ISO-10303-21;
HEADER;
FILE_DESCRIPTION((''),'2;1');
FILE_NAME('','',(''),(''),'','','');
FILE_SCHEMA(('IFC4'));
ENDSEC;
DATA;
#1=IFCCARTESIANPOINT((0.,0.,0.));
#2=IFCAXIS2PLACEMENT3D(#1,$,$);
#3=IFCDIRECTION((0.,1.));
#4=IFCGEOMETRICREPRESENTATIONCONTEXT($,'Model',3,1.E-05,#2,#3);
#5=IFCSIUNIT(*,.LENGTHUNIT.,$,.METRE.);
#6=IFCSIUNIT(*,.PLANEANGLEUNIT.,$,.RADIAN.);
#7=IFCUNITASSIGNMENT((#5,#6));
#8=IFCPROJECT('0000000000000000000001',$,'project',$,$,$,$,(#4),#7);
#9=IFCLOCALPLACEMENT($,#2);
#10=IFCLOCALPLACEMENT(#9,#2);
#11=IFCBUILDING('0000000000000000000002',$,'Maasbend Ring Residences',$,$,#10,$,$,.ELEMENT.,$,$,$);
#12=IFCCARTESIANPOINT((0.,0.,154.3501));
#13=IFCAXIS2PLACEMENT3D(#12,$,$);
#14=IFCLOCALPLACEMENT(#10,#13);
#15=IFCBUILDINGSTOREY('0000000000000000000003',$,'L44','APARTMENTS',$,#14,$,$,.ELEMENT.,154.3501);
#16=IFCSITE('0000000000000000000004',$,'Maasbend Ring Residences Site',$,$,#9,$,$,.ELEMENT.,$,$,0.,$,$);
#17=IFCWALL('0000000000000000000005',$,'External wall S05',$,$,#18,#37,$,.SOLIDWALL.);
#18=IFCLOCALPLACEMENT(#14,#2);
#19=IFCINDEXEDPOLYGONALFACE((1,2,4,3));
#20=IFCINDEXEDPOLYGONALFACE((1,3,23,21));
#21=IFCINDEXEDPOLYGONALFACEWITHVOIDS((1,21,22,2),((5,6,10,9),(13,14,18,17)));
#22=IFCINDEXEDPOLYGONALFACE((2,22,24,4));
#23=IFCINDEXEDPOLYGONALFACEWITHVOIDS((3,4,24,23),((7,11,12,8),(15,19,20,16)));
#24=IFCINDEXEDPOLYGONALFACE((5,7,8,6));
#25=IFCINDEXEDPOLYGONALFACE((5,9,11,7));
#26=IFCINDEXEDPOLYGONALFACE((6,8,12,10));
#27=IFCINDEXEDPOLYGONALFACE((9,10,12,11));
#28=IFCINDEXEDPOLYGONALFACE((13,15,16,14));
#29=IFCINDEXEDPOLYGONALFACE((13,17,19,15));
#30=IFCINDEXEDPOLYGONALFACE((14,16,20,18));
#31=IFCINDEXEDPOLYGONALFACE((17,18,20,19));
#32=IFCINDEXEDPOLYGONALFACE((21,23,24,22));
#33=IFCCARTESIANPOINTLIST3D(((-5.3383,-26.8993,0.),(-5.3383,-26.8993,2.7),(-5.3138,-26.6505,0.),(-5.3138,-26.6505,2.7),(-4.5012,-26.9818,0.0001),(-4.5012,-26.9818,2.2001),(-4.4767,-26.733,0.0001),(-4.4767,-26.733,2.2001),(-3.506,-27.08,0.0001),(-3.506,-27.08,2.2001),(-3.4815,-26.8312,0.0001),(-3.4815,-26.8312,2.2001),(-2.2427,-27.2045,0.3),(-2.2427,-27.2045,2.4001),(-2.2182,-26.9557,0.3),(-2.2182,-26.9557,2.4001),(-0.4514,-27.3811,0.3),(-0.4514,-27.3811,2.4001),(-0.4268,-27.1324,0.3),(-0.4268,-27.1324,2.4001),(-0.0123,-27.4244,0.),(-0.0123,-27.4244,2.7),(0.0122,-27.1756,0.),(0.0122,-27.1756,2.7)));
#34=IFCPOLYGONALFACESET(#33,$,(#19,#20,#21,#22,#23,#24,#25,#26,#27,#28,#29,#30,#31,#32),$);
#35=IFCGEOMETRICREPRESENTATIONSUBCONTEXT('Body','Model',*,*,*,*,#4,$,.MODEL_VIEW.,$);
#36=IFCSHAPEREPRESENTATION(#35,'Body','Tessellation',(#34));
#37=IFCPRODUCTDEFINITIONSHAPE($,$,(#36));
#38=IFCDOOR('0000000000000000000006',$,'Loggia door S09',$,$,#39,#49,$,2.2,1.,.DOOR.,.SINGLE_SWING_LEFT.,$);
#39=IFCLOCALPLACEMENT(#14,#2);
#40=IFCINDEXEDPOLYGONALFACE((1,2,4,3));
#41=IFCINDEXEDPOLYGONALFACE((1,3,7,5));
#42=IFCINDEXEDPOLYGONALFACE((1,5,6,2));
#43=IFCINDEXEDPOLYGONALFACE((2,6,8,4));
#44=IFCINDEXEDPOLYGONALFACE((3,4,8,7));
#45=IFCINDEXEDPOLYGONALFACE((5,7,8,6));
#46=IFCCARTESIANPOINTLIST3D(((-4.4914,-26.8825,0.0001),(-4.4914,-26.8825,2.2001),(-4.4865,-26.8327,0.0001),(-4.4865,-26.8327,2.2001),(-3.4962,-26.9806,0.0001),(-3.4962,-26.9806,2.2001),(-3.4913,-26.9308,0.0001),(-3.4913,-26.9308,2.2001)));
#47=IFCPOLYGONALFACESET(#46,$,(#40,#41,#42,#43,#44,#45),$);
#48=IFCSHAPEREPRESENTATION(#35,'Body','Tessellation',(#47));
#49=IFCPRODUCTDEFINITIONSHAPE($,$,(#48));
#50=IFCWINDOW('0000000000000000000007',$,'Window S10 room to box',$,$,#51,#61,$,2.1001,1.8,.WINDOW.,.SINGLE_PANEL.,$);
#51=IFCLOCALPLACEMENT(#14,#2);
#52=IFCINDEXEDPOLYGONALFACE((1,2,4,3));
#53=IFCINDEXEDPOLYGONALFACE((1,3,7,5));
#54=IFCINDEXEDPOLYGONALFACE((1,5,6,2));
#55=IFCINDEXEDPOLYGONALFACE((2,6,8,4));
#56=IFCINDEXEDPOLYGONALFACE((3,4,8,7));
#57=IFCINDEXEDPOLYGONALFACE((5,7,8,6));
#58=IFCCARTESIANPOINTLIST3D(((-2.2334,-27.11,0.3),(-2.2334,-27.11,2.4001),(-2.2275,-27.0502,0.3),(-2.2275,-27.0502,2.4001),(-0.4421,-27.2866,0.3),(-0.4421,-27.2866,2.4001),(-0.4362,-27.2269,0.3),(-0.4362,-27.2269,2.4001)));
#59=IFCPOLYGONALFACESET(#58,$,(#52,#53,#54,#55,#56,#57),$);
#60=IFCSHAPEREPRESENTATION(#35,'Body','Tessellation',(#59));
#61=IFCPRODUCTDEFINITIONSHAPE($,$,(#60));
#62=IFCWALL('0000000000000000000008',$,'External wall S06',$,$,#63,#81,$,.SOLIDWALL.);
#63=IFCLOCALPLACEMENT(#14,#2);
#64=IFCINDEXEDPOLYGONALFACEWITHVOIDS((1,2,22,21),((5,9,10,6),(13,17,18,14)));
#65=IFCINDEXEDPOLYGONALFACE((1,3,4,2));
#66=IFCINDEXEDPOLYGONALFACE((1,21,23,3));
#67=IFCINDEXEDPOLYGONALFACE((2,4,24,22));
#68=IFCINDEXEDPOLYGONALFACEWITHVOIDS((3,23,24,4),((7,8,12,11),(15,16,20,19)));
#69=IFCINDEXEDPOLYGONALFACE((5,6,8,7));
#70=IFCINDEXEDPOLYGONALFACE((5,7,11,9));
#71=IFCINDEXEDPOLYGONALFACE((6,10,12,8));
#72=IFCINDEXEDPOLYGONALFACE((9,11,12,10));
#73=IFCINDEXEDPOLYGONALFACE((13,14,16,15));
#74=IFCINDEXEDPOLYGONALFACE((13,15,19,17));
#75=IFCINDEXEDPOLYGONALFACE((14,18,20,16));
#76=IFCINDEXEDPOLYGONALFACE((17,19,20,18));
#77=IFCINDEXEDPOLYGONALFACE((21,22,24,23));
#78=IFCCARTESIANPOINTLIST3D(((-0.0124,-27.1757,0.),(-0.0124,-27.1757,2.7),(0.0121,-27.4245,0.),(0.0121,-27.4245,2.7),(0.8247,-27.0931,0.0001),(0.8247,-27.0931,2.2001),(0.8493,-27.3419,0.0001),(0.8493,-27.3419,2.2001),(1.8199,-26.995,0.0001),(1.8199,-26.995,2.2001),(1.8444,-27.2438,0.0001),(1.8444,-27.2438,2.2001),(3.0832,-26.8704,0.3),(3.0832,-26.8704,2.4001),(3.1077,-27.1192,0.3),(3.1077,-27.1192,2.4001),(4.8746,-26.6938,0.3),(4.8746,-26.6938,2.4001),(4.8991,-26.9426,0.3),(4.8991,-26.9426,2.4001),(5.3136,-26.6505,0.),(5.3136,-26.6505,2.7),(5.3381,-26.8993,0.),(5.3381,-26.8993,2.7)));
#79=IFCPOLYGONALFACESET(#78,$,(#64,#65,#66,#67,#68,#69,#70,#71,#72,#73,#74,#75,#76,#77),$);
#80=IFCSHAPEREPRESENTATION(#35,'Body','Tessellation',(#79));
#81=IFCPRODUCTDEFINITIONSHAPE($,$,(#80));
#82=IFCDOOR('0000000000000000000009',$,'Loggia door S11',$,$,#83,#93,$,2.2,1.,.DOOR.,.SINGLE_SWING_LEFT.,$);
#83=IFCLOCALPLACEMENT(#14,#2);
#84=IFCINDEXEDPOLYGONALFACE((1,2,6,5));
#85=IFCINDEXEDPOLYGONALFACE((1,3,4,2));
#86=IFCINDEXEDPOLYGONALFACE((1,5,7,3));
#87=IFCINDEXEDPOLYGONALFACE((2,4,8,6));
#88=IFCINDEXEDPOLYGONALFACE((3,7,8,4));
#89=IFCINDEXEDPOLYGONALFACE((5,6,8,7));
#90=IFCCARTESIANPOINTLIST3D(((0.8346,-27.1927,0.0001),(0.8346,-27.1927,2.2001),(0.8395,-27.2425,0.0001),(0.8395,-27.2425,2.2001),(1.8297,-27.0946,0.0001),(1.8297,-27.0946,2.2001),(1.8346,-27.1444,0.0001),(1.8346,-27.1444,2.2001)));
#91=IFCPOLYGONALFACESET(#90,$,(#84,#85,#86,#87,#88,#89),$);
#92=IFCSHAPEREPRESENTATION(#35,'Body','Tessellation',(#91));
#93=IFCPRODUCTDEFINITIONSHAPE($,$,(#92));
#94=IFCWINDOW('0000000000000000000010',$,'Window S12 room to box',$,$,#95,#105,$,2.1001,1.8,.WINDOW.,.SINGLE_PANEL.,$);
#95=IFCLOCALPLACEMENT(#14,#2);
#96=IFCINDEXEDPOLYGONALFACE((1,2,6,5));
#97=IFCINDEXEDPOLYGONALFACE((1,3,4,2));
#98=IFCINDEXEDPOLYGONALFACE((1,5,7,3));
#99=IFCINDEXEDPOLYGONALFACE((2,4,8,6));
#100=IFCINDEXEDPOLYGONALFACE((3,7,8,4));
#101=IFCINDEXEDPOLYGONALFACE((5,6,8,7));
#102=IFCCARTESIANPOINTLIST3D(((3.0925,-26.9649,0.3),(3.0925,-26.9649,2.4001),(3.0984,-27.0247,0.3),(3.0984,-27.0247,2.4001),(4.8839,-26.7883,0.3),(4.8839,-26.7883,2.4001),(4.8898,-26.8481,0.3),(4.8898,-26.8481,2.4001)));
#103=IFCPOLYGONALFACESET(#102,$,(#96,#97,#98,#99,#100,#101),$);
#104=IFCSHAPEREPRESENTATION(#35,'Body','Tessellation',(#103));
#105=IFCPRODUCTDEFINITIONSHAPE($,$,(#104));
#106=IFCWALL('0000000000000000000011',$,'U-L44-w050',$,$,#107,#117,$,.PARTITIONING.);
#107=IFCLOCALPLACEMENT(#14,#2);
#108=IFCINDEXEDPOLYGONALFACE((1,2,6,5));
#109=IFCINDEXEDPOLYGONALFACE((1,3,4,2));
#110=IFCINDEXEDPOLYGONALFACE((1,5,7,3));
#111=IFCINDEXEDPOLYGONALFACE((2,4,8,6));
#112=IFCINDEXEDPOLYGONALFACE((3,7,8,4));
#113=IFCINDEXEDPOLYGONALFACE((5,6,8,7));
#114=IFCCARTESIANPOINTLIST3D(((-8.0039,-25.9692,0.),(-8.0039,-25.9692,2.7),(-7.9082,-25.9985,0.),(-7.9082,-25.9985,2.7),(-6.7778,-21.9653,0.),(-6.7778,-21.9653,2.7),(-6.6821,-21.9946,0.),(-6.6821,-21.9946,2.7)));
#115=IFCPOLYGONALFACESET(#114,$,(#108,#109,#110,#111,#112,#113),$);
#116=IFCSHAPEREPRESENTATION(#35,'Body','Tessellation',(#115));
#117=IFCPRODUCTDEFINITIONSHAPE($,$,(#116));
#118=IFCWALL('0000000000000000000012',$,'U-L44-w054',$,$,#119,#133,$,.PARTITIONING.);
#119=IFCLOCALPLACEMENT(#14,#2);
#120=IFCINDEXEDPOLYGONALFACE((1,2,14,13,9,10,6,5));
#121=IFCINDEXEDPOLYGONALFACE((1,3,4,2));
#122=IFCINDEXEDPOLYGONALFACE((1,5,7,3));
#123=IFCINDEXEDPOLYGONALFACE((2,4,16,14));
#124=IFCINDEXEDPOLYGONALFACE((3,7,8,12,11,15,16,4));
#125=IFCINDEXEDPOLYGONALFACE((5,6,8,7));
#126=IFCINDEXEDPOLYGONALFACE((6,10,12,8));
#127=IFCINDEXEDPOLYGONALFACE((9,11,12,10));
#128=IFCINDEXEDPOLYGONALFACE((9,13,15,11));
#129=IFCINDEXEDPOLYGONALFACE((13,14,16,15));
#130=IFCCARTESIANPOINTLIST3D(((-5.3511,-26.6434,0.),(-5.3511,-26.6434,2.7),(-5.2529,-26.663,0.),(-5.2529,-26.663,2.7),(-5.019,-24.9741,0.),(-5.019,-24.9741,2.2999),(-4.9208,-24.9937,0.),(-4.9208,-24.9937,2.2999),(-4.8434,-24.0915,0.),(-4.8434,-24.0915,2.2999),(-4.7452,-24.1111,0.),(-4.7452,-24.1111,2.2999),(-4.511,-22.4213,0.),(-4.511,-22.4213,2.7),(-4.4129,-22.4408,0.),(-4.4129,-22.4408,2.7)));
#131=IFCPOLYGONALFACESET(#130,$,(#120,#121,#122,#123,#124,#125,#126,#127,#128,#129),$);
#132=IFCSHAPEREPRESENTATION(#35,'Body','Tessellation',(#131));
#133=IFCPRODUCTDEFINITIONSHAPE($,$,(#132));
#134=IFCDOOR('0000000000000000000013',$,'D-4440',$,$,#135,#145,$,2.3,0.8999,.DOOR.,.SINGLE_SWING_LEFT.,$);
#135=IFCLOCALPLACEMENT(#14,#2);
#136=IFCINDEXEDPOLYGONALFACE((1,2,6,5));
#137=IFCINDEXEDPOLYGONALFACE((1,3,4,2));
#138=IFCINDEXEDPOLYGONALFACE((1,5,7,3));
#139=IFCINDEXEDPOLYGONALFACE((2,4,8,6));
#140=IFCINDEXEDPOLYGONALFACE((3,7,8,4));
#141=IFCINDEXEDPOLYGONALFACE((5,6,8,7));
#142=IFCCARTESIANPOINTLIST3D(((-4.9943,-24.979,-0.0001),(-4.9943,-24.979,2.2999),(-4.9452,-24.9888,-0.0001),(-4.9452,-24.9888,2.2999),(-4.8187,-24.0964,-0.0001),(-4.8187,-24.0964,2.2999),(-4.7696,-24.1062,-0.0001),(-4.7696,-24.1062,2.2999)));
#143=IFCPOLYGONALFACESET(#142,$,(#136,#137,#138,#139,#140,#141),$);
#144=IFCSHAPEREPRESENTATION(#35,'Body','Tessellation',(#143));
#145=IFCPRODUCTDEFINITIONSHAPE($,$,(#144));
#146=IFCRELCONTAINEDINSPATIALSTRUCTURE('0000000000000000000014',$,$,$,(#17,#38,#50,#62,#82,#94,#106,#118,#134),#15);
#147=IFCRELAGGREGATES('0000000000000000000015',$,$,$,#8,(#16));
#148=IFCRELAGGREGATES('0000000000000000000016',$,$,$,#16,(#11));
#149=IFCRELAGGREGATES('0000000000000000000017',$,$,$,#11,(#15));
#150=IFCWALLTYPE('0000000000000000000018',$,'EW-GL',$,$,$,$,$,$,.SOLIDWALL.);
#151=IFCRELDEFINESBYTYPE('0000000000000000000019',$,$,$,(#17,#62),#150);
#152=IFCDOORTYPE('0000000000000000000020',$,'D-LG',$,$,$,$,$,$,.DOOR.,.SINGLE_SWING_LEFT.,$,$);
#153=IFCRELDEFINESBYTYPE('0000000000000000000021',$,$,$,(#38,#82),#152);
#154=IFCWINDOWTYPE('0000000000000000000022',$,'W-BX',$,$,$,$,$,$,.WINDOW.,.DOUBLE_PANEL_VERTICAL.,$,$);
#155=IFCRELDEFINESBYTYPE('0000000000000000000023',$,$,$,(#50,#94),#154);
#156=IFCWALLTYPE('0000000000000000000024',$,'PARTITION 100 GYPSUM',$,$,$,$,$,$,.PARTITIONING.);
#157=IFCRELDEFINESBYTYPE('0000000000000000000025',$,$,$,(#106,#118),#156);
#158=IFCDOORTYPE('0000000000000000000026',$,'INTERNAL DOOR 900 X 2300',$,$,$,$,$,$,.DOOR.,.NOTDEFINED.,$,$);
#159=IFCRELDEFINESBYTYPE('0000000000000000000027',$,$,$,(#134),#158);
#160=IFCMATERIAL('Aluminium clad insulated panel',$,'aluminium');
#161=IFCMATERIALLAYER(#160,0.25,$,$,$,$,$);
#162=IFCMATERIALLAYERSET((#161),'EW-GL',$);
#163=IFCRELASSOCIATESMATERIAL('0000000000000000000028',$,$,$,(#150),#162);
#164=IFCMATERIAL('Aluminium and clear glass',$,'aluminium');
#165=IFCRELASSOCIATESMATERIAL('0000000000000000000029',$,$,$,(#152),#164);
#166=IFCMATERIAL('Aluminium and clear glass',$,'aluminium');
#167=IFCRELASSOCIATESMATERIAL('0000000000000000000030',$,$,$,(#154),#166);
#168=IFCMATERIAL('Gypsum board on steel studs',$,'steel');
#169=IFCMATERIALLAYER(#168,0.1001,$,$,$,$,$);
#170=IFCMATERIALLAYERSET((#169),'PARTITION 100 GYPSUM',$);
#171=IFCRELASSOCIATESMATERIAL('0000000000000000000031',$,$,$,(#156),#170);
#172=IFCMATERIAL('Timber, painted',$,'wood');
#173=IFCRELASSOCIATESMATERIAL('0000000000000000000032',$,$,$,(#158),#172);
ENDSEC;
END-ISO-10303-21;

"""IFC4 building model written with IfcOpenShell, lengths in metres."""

from ifc_helpers import new_model, si_unit, direction, frame, frame_2d, origin, place, context, subcontext, project, spatial, rectangle, extrude, material, layer, layer_set, type_object, element, fill, save


model = new_model("IFC4")

# Units and contexts
model_context = context("Model", 3, precision=1e-05, world=origin(), true_north=direction((0.0, 1.0)))
body_context = subcontext(model_context, "Body", "Model", "MODEL_VIEW")
ifc_project = project(units=[si_unit("LENGTHUNIT", "METRE"), si_unit("PLANEANGLEUNIT", "RADIAN")], contexts=[model_context])

# Site, building, storey
site_placement = place(None, origin())
site = spatial("IfcSite", under=ifc_project, at=site_placement, Name="Maasbend Ring Residences Site", CompositionType="ELEMENT", RefElevation=0.0)
building_placement = place(site_placement, origin())
building = spatial("IfcBuilding", under=site, at=building_placement, Name="Maasbend Ring Residences", CompositionType="ELEMENT")
storey_placement = place(building_placement, frame((0.0, 0.0, 154.3501)))
storey = spatial("IfcBuildingStorey", under=building, at=storey_placement, Name="L44", Description="APARTMENTS", CompositionType="ELEMENT", Elevation=154.3501)

# Walls, openings, doors, windows
ifc_material_1 = material(Name="Aluminium clad insulated panel", Category="aluminium")
ifc_layer_1 = layer(ifc_material_1, 0.25)
ifc_layer_set_1 = layer_set([ifc_layer_1], Name="EW-GL")
wall_type_1 = type_object("IfcWallType", Name="EW-GL", PredefinedType="SOLIDWALL", material=ifc_layer_set_1)
wall_1_placement = place(storey_placement, frame((-5.3259, -26.7749, 0.0), z_axis=(0.0, 0.0, 1.0), x_axis=(0.995174, -0.098126, 0.0)))
wall_1 = element("IfcWall", 1, at=wall_1_placement, inside=storey, type_object=wall_type_1, Name="External wall S05", PredefinedType="SOLIDWALL", context=body_context, shape_type="SweptSolid", body=[
    extrude(rectangle(XDim=5.3518, YDim=0.25, at=frame_2d((2.6758, 0.0))), origin(), (0.0, 0.0, 1.0), 2.7),
])
opening_1_placement = place(wall_1_placement, frame((0.8411, 0.0, 0.0)))
opening_1 = element("IfcOpeningElement", 2, at=opening_1_placement, cuts=wall_1, PredefinedType="OPENING", context=body_context, shape_type="SweptSolid", body=[
    extrude(rectangle(XDim=1.0, YDim=2.2, at=frame_2d((0.5, 1.1001))), frame((0.0, 0.135, 0.0), z_axis=(0.0, -1.0, 0.0), x_axis=(1.0, 0.0, 0.0)), (0.0, 0.0, 1.0), 0.27),
])
opening_2_placement = place(wall_1_placement, frame((3.1106, 0.0, 0.3)))
opening_2 = element("IfcOpeningElement", 3, at=opening_2_placement, cuts=wall_1, PredefinedType="OPENING", context=body_context, shape_type="SweptSolid", body=[
    extrude(rectangle(XDim=1.8, YDim=2.1001, at=frame_2d((0.8999, 1.05))), frame((0.0, 0.135, 0.0), z_axis=(0.0, -1.0, 0.0), x_axis=(1.0, 0.0, 0.0)), (0.0, 0.0, 1.0), 0.27),
])
ifc_material_2 = material(Name="Aluminium and clear glass", Category="aluminium")
door_type_1 = type_object("IfcDoorType", Name="D-LG", OperationType="SINGLE_SWING_LEFT", PredefinedType="DOOR", material=ifc_material_2)
door_1_placement = place(opening_1_placement, origin())
door_1 = element("IfcDoor", 4, at=door_1_placement, inside=storey, type_object=door_type_1, Name="Loggia door S09", OperationType="SINGLE_SWING_LEFT", OverallHeight=2.2, OverallWidth=1.0, PredefinedType="DOOR", context=body_context, shape_type="SweptSolid", body=[
    extrude(rectangle(XDim=1.0, YDim=2.2, at=frame_2d((0.5, 1.1001))), frame((0.0, 0.0249, 0.0), z_axis=(0.0, -1.0, 0.0), x_axis=(1.0, 0.0, 0.0)), (0.0, 0.0, 1.0), 0.05),
])
fill(opening_1, door_1)
ifc_material_3 = material(Name="Aluminium and clear glass", Category="aluminium")
window_type_1 = type_object("IfcWindowType", Name="W-BX", PartitioningType="DOUBLE_PANEL_VERTICAL", PredefinedType="WINDOW", material=ifc_material_3)
window_1_placement = place(opening_2_placement, origin())
window_1 = element("IfcWindow", 5, at=window_1_placement, inside=storey, type_object=window_type_1, Name="Window S10 room to box", OverallHeight=2.1001, OverallWidth=1.8, PartitioningType="SINGLE_PANEL", PredefinedType="WINDOW", context=body_context, shape_type="SweptSolid", body=[
    extrude(rectangle(XDim=1.8, YDim=2.1001, at=frame_2d((0.8999, 1.05))), frame((0.0, 0.03, 0.0), z_axis=(0.0, -1.0, 0.0), x_axis=(1.0, 0.0, 0.0)), (0.0, 0.0, 1.0), 0.0601),
])
fill(opening_2, window_1)
wall_2_placement = place(storey_placement, frame((0.0, -27.3, 0.0), z_axis=(0.0, 0.0, 1.0), x_axis=(0.995174, 0.098126, 0.0)))
wall_2 = element("IfcWall", 6, at=wall_2_placement, inside=storey, type_object=wall_type_1, Name="External wall S06", PredefinedType="SOLIDWALL", context=body_context, shape_type="SweptSolid", body=[
    extrude(rectangle(XDim=5.3518, YDim=0.25, at=frame_2d((2.6758, 0.0))), origin(), (0.0, 0.0, 1.0), 2.7),
])
opening_3_placement = place(wall_2_placement, frame((0.8411, 0.0, 0.0)))
opening_3 = element("IfcOpeningElement", 7, at=opening_3_placement, cuts=wall_2, PredefinedType="OPENING", context=body_context, shape_type="SweptSolid", body=[
    extrude(rectangle(XDim=1.0, YDim=2.2, at=frame_2d((0.5, 1.1001))), frame((0.0, 0.135, 0.0), z_axis=(0.0, -1.0, 0.0), x_axis=(1.0, 0.0, 0.0)), (0.0, 0.0, 1.0), 0.27),
])
opening_4_placement = place(wall_2_placement, frame((3.1106, 0.0, 0.3)))
opening_4 = element("IfcOpeningElement", 8, at=opening_4_placement, cuts=wall_2, PredefinedType="OPENING", context=body_context, shape_type="SweptSolid", body=[
    extrude(rectangle(XDim=1.8, YDim=2.1001, at=frame_2d((0.8999, 1.05))), frame((0.0, 0.135, 0.0), z_axis=(0.0, -1.0, 0.0), x_axis=(1.0, 0.0, 0.0)), (0.0, 0.0, 1.0), 0.27),
])
door_2_placement = place(opening_3_placement, origin())
door_2 = element("IfcDoor", 9, at=door_2_placement, inside=storey, type_object=door_type_1, Name="Loggia door S11", OperationType="SINGLE_SWING_LEFT", OverallHeight=2.2, OverallWidth=1.0, PredefinedType="DOOR", context=body_context, shape_type="SweptSolid", body=[
    extrude(rectangle(XDim=1.0, YDim=2.2, at=frame_2d((0.5, 1.1001))), frame((0.0, 0.0249, 0.0), z_axis=(0.0, -1.0, 0.0), x_axis=(1.0, 0.0, 0.0)), (0.0, 0.0, 1.0), 0.05),
])
fill(opening_3, door_2)
window_2_placement = place(opening_4_placement, origin())
window_2 = element("IfcWindow", 10, at=window_2_placement, inside=storey, type_object=window_type_1, Name="Window S12 room to box", OverallHeight=2.1001, OverallWidth=1.8, PartitioningType="SINGLE_PANEL", PredefinedType="WINDOW", context=body_context, shape_type="SweptSolid", body=[
    extrude(rectangle(XDim=1.8, YDim=2.1001, at=frame_2d((0.8999, 1.05))), frame((0.0, 0.03, 0.0), z_axis=(0.0, -1.0, 0.0), x_axis=(1.0, 0.0, 0.0)), (0.0, 0.0, 1.0), 0.0601),
])
fill(opening_4, window_2)

# Wall
ifc_material_4 = material(Name="Gypsum board on steel studs", Category="steel")
ifc_layer_2 = layer(ifc_material_4, 0.1001)
ifc_layer_set_2 = layer_set([ifc_layer_2], Name="PARTITION 100 GYPSUM")
wall_type_2 = type_object("IfcWallType", Name="PARTITION 100 GYPSUM", PredefinedType="PARTITIONING", material=ifc_layer_set_2)
wall_3_placement = place(storey_placement, frame((-7.9561, -25.9839, 0.0), z_axis=(0.0, 0.0, 1.0), x_axis=(0.292799, 0.956174, 0.0)))
element("IfcWall", 11, at=wall_3_placement, inside=storey, type_object=wall_type_2, Name="U-L44-w050", PredefinedType="PARTITIONING", context=body_context, shape_type="SweptSolid", body=[
    extrude(rectangle(XDim=4.1875, YDim=0.1001, at=frame_2d((2.0938, 0.0))), origin(), (0.0, 0.0, 1.0), 2.7),
])

# Wall, opening, door
wall_4_placement = place(storey_placement, frame((-5.302, -26.6531, 0.0), z_axis=(0.0, 0.0, 1.0), x_axis=(0.195145, 0.980774, 0.0)))
wall_4 = element("IfcWall", 12, at=wall_4_placement, inside=storey, type_object=wall_type_2, Name="U-L44-w054", PredefinedType="PARTITIONING", context=body_context, shape_type="SweptSolid", body=[
    extrude(rectangle(XDim=4.3049, YDim=0.1001, at=frame_2d((2.1523, 0.0))), origin(), (0.0, 0.0, 1.0), 2.7),
])
opening_5_placement = place(wall_4_placement, frame((1.7019, 0.0, 0.0)))
opening_5 = element("IfcOpeningElement", 13, at=opening_5_placement, cuts=wall_4, PredefinedType="OPENING", context=body_context, shape_type="SweptSolid", body=[
    extrude(rectangle(XDim=0.8999, YDim=2.3, at=frame_2d((0.45, 1.1499))), frame((0.0, 0.0601, 0.0), z_axis=(0.0, -1.0, 0.0), x_axis=(1.0, 0.0, 0.0)), (0.0, 0.0, 1.0), 0.1201),
])
ifc_material_5 = material(Name="Timber, painted", Category="wood")
door_type_2 = type_object("IfcDoorType", Name="INTERNAL DOOR 900 X 2300", OperationType="NOTDEFINED", PredefinedType="DOOR", material=ifc_material_5)
door_3_placement = place(opening_5_placement, origin())
door_3 = element("IfcDoor", 14, at=door_3_placement, inside=storey, type_object=door_type_2, Name="D-4440", OperationType="SINGLE_SWING_LEFT", OverallHeight=2.3, OverallWidth=0.8999, PredefinedType="DOOR", context=body_context, shape_type="SweptSolid", body=[
    extrude(rectangle(XDim=0.8999, YDim=2.3, at=frame_2d((0.45, 1.1499))), frame((0.0, 0.0249, 0.0), z_axis=(0.0, -1.0, 0.0), x_axis=(1.0, 0.0, 0.0)), (0.0, 0.0, 1.0), 0.05),
])
fill(opening_5, door_3)

save(model, "model.ifc")
